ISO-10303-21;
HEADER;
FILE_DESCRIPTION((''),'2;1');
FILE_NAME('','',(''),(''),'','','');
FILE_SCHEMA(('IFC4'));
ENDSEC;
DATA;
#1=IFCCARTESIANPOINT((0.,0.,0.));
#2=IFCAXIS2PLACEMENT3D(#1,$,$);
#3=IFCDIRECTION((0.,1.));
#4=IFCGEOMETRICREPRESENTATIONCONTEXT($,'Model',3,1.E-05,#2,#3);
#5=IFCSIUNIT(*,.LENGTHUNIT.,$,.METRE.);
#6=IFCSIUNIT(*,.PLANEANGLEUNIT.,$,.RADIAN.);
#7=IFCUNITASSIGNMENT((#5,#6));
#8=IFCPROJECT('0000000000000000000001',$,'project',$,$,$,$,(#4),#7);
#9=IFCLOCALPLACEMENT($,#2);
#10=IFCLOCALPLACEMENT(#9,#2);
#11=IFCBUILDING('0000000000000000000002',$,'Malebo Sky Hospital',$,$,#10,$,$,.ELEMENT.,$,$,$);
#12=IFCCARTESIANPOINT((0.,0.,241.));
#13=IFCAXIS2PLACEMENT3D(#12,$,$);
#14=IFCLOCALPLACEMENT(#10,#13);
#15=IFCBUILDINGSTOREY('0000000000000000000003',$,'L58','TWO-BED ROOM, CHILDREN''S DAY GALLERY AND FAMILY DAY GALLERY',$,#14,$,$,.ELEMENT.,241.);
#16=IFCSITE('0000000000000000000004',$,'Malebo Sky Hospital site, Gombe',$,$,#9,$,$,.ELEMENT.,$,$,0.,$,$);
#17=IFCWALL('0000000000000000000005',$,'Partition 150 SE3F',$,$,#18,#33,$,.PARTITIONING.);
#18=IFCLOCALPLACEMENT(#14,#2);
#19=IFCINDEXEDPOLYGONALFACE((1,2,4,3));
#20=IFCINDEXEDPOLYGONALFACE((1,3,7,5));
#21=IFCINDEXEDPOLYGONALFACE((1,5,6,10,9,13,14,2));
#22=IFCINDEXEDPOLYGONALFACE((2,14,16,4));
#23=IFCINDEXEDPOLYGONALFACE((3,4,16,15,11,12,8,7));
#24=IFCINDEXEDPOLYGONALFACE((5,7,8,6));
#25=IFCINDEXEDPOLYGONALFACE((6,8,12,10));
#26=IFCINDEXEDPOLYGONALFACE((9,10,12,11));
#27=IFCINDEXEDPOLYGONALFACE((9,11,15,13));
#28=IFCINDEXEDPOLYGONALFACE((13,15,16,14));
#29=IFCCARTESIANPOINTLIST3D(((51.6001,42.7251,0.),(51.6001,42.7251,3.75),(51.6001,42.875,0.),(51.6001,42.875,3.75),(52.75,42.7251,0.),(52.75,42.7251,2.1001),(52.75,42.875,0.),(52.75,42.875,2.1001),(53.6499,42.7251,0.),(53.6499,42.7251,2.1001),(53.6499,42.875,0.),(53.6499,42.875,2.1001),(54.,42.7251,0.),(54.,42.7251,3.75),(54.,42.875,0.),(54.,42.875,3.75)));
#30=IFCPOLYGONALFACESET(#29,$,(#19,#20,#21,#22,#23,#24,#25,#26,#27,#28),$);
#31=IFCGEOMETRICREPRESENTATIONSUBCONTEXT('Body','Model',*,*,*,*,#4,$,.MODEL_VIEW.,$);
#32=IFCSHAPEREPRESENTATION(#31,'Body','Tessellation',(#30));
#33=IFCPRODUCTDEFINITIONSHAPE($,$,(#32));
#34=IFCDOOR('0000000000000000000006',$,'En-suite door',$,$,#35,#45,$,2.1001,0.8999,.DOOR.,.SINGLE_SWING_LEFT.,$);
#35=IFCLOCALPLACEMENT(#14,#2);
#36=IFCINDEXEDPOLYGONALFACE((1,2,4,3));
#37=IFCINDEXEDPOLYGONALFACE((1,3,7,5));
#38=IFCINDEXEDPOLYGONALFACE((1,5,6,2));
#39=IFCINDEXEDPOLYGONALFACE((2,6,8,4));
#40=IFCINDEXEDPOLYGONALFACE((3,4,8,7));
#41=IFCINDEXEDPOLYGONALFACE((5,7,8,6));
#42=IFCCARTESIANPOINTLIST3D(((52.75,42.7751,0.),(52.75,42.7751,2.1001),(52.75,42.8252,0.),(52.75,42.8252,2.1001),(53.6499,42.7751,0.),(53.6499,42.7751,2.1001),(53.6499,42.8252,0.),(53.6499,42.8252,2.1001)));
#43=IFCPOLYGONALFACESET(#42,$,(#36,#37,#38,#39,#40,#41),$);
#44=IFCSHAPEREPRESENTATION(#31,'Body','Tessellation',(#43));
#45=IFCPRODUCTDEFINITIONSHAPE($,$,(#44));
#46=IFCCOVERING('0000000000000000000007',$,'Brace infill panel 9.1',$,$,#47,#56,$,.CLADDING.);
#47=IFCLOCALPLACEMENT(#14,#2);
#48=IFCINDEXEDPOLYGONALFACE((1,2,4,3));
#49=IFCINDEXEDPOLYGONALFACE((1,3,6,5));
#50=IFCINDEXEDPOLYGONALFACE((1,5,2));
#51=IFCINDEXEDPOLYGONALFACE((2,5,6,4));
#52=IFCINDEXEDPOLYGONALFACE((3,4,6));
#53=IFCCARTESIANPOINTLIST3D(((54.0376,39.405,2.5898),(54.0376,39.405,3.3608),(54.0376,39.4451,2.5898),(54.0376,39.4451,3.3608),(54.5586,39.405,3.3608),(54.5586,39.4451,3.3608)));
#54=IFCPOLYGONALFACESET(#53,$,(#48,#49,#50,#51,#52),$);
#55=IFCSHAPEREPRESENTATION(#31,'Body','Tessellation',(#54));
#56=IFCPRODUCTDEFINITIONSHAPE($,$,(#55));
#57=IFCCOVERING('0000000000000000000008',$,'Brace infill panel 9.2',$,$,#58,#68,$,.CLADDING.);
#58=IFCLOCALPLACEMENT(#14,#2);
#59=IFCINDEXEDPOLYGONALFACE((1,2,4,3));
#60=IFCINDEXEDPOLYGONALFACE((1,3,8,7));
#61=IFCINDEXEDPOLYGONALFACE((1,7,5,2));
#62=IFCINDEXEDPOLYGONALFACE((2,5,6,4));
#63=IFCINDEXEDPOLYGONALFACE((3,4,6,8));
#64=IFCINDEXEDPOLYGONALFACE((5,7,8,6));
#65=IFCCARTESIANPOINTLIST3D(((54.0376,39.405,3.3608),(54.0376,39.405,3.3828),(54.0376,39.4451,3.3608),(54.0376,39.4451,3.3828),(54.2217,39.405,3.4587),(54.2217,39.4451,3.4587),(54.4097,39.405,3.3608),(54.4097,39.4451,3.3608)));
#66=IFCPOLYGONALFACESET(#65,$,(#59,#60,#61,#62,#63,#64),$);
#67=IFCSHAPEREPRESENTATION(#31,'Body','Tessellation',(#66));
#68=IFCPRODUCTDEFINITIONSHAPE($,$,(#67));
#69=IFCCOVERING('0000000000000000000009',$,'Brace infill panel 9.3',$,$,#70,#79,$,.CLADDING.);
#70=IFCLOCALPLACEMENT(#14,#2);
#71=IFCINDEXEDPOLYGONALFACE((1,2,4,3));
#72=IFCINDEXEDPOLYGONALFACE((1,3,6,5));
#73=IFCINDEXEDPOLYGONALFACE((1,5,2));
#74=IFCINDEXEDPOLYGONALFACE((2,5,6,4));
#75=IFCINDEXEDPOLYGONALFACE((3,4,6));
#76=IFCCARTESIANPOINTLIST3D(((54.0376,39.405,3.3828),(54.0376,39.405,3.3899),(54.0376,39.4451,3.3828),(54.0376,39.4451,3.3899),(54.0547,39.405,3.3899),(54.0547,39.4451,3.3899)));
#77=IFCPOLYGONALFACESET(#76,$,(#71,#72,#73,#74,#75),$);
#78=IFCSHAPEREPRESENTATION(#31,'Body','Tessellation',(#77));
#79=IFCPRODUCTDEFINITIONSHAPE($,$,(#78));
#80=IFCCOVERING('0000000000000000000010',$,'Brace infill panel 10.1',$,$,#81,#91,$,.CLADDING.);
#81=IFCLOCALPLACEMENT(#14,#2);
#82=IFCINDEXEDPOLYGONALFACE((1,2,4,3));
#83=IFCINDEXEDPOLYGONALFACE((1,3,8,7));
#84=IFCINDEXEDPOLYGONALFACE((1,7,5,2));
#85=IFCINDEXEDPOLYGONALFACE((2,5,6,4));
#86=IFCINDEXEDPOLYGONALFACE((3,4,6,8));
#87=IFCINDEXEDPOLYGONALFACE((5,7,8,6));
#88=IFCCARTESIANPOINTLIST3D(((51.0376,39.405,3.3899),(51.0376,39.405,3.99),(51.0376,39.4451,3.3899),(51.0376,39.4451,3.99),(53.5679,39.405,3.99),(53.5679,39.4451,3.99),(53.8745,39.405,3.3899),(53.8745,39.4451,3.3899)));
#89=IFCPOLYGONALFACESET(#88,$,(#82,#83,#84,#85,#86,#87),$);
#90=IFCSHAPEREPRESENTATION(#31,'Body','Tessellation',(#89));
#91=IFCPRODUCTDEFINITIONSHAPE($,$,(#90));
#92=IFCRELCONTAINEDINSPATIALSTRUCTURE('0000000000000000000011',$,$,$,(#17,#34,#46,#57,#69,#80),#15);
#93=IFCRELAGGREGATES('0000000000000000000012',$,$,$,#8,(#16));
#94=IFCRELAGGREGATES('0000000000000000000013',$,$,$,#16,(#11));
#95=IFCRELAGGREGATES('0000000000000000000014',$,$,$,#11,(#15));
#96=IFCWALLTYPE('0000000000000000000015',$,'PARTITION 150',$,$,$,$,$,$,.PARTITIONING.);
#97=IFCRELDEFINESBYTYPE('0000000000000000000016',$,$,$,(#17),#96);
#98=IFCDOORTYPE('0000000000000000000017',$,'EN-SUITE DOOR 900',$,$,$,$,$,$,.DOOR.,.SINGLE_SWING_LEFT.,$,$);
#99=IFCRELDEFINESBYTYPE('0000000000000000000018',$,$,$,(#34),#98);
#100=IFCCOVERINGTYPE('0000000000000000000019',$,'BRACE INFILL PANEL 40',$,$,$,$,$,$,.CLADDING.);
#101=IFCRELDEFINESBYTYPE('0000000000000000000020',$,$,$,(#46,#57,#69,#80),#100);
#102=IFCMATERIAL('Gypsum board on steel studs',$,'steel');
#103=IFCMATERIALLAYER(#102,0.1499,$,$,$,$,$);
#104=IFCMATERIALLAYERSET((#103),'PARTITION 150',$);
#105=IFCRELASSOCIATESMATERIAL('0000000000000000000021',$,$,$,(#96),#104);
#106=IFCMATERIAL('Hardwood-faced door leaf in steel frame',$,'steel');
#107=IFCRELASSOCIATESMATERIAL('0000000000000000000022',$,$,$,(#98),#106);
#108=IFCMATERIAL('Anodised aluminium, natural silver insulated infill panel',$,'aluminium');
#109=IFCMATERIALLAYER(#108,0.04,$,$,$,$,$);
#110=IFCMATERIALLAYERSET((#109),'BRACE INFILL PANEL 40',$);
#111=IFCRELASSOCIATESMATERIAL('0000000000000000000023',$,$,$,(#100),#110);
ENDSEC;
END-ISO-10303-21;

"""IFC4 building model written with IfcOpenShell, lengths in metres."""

from ifc_helpers import new_model, si_unit, direction, frame, frame_2d, origin, place, context, subcontext, project, spatial, polyline, rectangle, outline, extrude, material, layer, layer_set, type_object, element, fill, save


model = new_model("IFC4")

# Units and contexts
model_context = context("Model", 3, precision=1e-05, world=origin(), true_north=direction((0.0, 1.0)))
body_context = subcontext(model_context, "Body", "Model", "MODEL_VIEW")
ifc_project = project(units=[si_unit("LENGTHUNIT", "METRE"), si_unit("PLANEANGLEUNIT", "RADIAN")], contexts=[model_context])

# Site, building, storey
site_placement = place(None, origin())
site = spatial("IfcSite", under=ifc_project, at=site_placement, Name="Malebo Sky Hospital site, Gombe", CompositionType="ELEMENT", RefElevation=0.0)
building_placement = place(site_placement, origin())
building = spatial("IfcBuilding", under=site, at=building_placement, Name="Malebo Sky Hospital", CompositionType="ELEMENT")
storey_placement = place(building_placement, frame((0.0, 0.0, 241.0)))
storey = spatial("IfcBuildingStorey", under=building, at=storey_placement, Name="L58", Description="TWO-BED ROOM, CHILDREN'S DAY GALLERY AND FAMILY DAY GALLERY", CompositionType="ELEMENT", Elevation=241.0)

# Wall, opening, door
ifc_material_1 = material(Name="Gypsum board on steel studs", Category="steel")
ifc_layer_1 = layer(ifc_material_1, 0.1499)
ifc_layer_set_1 = layer_set([ifc_layer_1], Name="PARTITION 150")
wall_type = type_object("IfcWallType", Name="PARTITION 150", PredefinedType="PARTITIONING", material=ifc_layer_set_1)
wall_placement = place(storey_placement, frame((54.0, 42.8, 0.0), z_axis=(0.0, 0.0, 1.0), x_axis=(-1.0, 0.0, 0.0)))
wall = element("IfcWall", 1, at=wall_placement, inside=storey, type_object=wall_type, Name="Partition 150 SE3F", PredefinedType="PARTITIONING", context=body_context, shape_type="SweptSolid", body=[
    extrude(rectangle(XDim=2.3999, YDim=0.1499, at=frame_2d((1.2, 0.0))), origin(), (0.0, 0.0, 1.0), 3.75),
])
opening_placement = place(wall_placement, frame((0.3501, 0.0, 0.0)))
opening = element("IfcOpeningElement", 2, at=opening_placement, cuts=wall, PredefinedType="OPENING", context=body_context, shape_type="SweptSolid", body=[
    extrude(rectangle(XDim=0.8999, YDim=2.1001, at=frame_2d((0.45, 1.05))), frame((0.0, 0.085, 0.0), z_axis=(0.0, -1.0, 0.0), x_axis=(1.0, 0.0, 0.0)), (0.0, 0.0, 1.0), 0.1699),
])
ifc_material_2 = material(Name="Hardwood-faced door leaf in steel frame", Category="steel")
door_type = type_object("IfcDoorType", Name="EN-SUITE DOOR 900", OperationType="SINGLE_SWING_LEFT", PredefinedType="DOOR", material=ifc_material_2)
door_placement = place(opening_placement, origin())
door = element("IfcDoor", 3, at=door_placement, inside=storey, type_object=door_type, Name="En-suite door", OperationType="SINGLE_SWING_LEFT", OverallHeight=2.1001, OverallWidth=0.8999, PredefinedType="DOOR", context=body_context, shape_type="SweptSolid", body=[
    extrude(rectangle(XDim=0.8999, YDim=2.1001, at=frame_2d((0.45, 1.05))), frame((0.0, 0.0249, 0.0), z_axis=(0.0, -1.0, 0.0), x_axis=(1.0, 0.0, 0.0)), (0.0, 0.0, 1.0), 0.05),
])
fill(opening, door)

# Coverings
ifc_material_3 = material(Name="Anodised aluminium, natural silver insulated infill panel", Category="aluminium")
ifc_layer_2 = layer(ifc_material_3, 0.04)
ifc_layer_set_2 = layer_set([ifc_layer_2], Name="BRACE INFILL PANEL 40")
covering_type = type_object("IfcCoveringType", Name="BRACE INFILL PANEL 40", PredefinedType="CLADDING", material=ifc_layer_set_2)
covering_1_placement = place(storey_placement, frame((54.2981, 39.425, 2.5898), z_axis=(0.0, 0.0, 1.0), x_axis=(-1.0, 0.0, 0.0)))
element("IfcCovering", 4, at=covering_1_placement, inside=storey, type_object=covering_type, Name="Brace infill panel 9.1", PredefinedType="CLADDING", context=body_context, shape_type="SweptSolid", body=[
    extrude(outline(polyline([(0.2605, 0.0), (0.2605, 0.771), (-0.2605, 0.771), (0.2605, 0.0)])), frame((0.0, 0.02, 0.0), z_axis=(0.0, -1.0, 0.0), x_axis=(1.0, 0.0, 0.0)), (0.0, 0.0, 1.0), 0.04),
])
covering_2_placement = place(storey_placement, frame((54.2236, 39.425, 3.3608), z_axis=(0.0, 0.0, 1.0), x_axis=(-1.0, 0.0, 0.0)))
element("IfcCovering", 5, at=covering_2_placement, inside=storey, type_object=covering_type, Name="Brace infill panel 9.2", PredefinedType="CLADDING", context=body_context, shape_type="SweptSolid", body=[
    extrude(outline(polyline([(-0.186, 0.0), (0.186, 0.0), (0.186, 0.022), (0.002, 0.0979), (-0.186, 0.0)])), frame((0.0, 0.02, 0.0), z_axis=(0.0, -1.0, 0.0), x_axis=(1.0, 0.0, 0.0)), (0.0, 0.0, 1.0), 0.04),
])
covering_3_placement = place(storey_placement, frame((54.0461, 39.425, 3.3828), z_axis=(0.0, 0.0, 1.0), x_axis=(-1.0, 0.0, 0.0)))
element("IfcCovering", 6, at=covering_3_placement, inside=storey, type_object=covering_type, Name="Brace infill panel 9.3", PredefinedType="CLADDING", context=body_context, shape_type="SweptSolid", body=[
    extrude(outline(polyline([(0.0085, 0.0), (0.0085, 0.0071), (-0.0085, 0.0071), (0.0085, 0.0)])), frame((0.0, 0.02, 0.0), z_axis=(0.0, -1.0, 0.0), x_axis=(1.0, 0.0, 0.0)), (0.0, 0.0, 1.0), 0.04),
])
covering_4_placement = place(storey_placement, frame((52.4561, 39.425, 3.3899), z_axis=(0.0, 0.0, 1.0), x_axis=(-1.0, 0.0, 0.0)))
element("IfcCovering", 7, at=covering_4_placement, inside=storey, type_object=covering_type, Name="Brace infill panel 10.1", PredefinedType="CLADDING", context=body_context, shape_type="SweptSolid", body=[
    extrude(outline(polyline([(-1.4185, 0.0), (1.4185, 0.0), (1.4185, 0.6001), (-1.1118, 0.6001), (-1.4185, 0.0)])), frame((0.0, 0.02, 0.0), z_axis=(0.0, -1.0, 0.0), x_axis=(1.0, 0.0, 0.0)), (0.0, 0.0, 1.0), 0.04),
])

save(model, "model.ifc")
